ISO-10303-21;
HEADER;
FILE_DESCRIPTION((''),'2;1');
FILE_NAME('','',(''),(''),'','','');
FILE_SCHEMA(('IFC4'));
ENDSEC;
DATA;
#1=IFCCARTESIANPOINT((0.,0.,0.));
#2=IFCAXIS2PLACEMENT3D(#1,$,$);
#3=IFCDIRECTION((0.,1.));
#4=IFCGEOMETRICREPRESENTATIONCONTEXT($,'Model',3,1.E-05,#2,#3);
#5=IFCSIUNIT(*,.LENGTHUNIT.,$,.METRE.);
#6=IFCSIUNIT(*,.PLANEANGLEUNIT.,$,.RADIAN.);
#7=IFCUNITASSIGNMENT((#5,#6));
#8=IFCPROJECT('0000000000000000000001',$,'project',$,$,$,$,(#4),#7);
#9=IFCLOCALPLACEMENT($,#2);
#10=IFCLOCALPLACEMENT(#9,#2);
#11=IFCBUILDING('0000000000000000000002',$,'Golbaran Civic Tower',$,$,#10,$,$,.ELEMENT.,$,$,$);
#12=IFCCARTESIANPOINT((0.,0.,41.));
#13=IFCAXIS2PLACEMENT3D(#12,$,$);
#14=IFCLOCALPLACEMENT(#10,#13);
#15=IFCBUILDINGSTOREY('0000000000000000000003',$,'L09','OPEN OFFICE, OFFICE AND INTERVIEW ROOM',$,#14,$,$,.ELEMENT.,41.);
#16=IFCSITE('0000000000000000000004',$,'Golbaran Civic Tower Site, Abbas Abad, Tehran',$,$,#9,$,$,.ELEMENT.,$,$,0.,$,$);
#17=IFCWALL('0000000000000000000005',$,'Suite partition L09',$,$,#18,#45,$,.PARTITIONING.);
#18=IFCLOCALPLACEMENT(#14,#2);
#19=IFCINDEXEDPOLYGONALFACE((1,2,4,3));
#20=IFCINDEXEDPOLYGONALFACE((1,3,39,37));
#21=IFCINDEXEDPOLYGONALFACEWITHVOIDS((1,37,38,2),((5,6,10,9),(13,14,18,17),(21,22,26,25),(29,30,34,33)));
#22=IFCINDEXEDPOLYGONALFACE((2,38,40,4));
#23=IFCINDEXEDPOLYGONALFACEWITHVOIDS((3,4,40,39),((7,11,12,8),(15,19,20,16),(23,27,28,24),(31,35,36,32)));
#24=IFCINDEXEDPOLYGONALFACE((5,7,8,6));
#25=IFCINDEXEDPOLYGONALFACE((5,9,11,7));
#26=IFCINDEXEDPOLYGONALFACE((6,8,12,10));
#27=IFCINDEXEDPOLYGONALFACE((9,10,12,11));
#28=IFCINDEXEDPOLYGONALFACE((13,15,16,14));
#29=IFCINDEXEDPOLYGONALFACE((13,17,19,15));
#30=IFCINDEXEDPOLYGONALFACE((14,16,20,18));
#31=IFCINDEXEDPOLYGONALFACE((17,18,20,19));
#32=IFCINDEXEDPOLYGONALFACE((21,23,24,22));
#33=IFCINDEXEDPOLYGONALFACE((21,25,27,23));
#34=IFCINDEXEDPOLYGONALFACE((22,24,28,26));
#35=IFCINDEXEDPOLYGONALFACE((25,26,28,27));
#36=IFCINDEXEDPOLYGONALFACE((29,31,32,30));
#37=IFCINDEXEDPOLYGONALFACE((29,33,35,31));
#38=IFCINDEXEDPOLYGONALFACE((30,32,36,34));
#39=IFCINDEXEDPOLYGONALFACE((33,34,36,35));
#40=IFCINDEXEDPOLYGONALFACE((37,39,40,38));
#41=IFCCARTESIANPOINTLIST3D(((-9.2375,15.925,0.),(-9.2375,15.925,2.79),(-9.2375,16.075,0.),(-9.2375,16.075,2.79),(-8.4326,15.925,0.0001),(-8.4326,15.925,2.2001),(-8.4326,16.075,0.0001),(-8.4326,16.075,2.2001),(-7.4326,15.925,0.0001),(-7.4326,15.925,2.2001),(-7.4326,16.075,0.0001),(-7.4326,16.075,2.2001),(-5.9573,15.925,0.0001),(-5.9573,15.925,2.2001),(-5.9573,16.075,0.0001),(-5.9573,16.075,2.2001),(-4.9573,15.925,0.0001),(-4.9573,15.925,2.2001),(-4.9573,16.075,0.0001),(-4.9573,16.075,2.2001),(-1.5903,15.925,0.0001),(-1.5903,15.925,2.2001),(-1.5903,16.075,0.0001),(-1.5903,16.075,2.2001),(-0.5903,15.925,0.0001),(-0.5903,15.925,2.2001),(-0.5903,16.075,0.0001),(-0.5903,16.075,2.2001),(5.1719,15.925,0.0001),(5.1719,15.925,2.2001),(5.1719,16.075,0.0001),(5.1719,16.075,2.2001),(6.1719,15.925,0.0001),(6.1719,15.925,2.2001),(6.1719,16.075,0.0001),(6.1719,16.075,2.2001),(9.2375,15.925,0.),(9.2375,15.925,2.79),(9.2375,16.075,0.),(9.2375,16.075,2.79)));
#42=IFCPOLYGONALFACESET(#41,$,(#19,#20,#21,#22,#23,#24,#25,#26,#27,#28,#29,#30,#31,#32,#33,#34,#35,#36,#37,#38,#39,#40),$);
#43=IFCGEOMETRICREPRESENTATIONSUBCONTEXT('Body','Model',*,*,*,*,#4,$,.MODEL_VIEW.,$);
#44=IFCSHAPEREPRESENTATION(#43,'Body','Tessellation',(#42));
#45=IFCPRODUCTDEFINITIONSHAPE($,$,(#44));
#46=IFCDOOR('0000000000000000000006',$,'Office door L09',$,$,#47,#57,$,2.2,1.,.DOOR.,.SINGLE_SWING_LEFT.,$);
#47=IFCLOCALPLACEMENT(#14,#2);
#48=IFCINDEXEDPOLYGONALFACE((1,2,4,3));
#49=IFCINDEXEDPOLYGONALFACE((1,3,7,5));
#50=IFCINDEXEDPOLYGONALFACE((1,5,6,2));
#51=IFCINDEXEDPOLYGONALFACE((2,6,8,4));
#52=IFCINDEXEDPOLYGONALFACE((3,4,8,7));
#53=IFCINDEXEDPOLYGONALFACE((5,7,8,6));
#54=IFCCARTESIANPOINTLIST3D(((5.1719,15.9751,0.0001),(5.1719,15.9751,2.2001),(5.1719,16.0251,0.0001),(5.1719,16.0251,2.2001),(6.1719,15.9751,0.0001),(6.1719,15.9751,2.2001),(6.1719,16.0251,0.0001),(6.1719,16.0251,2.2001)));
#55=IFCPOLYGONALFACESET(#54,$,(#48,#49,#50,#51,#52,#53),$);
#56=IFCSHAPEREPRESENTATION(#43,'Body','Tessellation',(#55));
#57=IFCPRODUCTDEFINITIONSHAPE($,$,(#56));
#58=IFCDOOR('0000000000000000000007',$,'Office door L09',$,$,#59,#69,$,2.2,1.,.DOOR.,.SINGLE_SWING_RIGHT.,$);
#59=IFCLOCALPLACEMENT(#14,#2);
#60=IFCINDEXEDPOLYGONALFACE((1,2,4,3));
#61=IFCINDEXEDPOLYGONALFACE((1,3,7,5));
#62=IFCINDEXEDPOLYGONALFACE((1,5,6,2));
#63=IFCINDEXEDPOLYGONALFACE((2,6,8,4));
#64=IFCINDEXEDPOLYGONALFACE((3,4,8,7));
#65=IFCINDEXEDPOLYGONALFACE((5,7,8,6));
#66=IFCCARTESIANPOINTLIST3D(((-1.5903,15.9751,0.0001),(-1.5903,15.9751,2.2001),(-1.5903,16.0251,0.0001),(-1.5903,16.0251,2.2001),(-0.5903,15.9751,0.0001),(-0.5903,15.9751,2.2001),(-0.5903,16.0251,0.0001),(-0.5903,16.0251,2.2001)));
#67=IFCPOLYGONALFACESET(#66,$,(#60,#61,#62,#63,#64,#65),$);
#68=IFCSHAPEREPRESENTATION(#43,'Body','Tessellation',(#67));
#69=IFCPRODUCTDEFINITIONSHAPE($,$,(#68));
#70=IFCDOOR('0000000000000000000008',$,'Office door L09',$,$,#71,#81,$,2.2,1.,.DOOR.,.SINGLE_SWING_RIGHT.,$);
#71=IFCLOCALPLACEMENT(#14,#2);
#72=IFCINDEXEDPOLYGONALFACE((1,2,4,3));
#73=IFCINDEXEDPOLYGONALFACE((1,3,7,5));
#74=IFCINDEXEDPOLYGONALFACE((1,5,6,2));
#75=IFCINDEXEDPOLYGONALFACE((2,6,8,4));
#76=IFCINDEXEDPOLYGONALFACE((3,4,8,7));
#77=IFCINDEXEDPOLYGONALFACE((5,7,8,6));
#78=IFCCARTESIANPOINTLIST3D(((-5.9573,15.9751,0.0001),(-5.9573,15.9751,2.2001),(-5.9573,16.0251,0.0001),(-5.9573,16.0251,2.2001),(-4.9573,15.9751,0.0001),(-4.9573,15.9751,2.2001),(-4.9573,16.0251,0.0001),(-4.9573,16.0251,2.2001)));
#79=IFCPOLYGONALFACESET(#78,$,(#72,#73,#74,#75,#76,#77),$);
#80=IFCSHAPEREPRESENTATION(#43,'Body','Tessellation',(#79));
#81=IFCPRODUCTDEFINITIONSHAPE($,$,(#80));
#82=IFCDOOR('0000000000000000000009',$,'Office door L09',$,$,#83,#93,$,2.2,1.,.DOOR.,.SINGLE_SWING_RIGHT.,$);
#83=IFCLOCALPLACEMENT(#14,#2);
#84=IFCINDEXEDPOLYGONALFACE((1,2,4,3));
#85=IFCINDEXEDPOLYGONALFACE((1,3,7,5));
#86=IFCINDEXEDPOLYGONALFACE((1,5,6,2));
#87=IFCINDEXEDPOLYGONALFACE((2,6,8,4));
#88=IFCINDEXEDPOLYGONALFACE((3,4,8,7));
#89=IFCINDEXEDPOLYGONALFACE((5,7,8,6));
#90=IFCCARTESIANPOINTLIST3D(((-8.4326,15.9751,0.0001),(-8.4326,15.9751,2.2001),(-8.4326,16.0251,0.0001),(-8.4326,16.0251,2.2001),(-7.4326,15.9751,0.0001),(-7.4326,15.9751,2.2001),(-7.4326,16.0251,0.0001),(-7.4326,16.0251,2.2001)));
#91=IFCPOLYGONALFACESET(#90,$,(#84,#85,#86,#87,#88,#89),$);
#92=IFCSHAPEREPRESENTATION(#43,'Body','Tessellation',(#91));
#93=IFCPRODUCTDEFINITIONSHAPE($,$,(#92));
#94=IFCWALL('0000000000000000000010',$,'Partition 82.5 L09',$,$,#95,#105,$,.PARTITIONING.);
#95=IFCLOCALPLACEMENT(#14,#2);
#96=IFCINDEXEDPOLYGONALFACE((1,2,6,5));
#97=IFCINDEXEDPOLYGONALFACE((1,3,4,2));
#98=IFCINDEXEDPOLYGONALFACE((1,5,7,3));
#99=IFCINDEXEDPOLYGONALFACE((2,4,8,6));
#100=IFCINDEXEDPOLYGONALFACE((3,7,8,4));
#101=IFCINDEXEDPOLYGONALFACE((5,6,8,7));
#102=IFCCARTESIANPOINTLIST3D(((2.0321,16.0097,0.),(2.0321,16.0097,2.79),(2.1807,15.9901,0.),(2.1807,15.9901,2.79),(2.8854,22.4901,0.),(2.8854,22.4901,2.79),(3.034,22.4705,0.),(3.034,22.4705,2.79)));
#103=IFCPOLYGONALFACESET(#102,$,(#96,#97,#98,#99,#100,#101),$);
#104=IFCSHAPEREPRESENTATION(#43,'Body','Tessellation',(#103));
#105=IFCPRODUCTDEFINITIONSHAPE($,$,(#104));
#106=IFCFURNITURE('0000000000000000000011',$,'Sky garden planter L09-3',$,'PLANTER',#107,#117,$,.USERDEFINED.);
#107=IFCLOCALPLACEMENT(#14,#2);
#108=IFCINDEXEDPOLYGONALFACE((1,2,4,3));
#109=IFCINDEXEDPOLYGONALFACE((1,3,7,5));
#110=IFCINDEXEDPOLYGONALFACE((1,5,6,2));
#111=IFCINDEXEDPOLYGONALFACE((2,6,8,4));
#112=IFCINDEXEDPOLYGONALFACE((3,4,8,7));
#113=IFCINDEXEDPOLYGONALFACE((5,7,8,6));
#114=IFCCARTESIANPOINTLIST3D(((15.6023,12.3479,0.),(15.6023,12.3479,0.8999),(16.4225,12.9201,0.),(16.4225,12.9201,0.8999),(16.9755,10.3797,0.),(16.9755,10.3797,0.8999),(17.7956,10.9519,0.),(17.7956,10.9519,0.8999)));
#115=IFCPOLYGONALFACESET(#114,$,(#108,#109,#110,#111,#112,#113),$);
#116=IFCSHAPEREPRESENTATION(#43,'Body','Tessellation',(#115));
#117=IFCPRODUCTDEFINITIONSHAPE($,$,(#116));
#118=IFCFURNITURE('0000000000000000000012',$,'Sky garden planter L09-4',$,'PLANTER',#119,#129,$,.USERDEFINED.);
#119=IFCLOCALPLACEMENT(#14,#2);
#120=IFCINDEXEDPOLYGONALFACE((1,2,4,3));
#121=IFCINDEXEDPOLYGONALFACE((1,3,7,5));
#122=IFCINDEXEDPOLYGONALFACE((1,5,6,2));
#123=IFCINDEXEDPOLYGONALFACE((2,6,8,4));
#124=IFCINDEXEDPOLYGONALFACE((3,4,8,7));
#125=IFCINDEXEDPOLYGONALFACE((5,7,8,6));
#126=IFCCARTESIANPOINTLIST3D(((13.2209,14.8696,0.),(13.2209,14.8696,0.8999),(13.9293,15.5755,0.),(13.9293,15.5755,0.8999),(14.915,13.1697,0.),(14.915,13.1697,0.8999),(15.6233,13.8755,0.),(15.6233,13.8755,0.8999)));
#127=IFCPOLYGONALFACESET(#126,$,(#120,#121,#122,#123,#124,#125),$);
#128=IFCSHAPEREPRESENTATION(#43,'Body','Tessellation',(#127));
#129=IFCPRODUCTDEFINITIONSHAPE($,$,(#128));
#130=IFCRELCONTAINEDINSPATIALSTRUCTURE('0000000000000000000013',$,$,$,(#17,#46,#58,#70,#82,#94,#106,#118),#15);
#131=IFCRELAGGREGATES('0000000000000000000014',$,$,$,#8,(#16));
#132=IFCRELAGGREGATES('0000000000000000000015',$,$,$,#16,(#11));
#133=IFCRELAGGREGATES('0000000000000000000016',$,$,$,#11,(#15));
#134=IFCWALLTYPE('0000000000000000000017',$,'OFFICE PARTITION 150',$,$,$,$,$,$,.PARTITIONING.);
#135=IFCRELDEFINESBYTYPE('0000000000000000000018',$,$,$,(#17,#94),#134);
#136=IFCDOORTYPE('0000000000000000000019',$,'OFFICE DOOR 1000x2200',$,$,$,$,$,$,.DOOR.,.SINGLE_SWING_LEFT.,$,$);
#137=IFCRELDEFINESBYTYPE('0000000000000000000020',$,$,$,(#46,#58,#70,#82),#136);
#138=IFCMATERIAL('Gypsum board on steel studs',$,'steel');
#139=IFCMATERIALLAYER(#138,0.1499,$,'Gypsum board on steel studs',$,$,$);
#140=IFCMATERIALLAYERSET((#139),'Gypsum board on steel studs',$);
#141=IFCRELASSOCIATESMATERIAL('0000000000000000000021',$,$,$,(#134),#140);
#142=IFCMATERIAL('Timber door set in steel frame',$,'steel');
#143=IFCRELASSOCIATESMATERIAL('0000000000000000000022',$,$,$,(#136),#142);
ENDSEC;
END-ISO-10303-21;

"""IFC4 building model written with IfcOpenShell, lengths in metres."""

from ifc_helpers import new_model, si_unit, direction, frame, frame_2d, origin, origin_2d, place, context, subcontext, project, spatial, rectangle, extrude, material, layer, layer_set, type_object, element, fill, save


model = new_model("IFC4")

# Units and contexts
model_context = context("Model", 3, precision=1e-05, world=origin(), true_north=direction((0.0, 1.0)))
body_context = subcontext(model_context, "Body", "Model", "MODEL_VIEW")
ifc_project = project(units=[si_unit("LENGTHUNIT", "METRE"), si_unit("PLANEANGLEUNIT", "RADIAN")], contexts=[model_context])

# Site, building, storey
site_placement = place(None, origin())
site = spatial("IfcSite", under=ifc_project, at=site_placement, Name="Golbaran Civic Tower Site, Abbas Abad, Tehran", CompositionType="ELEMENT", RefElevation=0.0)
building_placement = place(site_placement, origin())
building = spatial("IfcBuilding", under=site, at=building_placement, Name="Golbaran Civic Tower", CompositionType="ELEMENT")
storey_placement = place(building_placement, frame((0.0, 0.0, 41.0)))
storey = spatial("IfcBuildingStorey", under=building, at=storey_placement, Name="L09", Description="OPEN OFFICE, OFFICE AND INTERVIEW ROOM", CompositionType="ELEMENT", Elevation=41.0)

# Shared definitions
ifc_material_1 = material(Name="Timber door set in steel frame", Category="steel")

# Shared definitions
ifc_material_2 = material(Name="Gypsum board on steel studs", Category="steel")
ifc_layer_1 = layer(ifc_material_2, 0.1499, Name="Gypsum board on steel studs")
ifc_layer_set_1 = layer_set([ifc_layer_1], Name="Gypsum board on steel studs")
wall_type_1 = type_object("IfcWallType", Name="OFFICE PARTITION 150", PredefinedType="PARTITIONING", material=ifc_layer_set_1)

# Wall, openings, doors
wall_1_placement = place(storey_placement, frame((9.2375, 16.0, 0.0), z_axis=(0.0, 0.0, 1.0), x_axis=(-1.0, 0.0, 0.0)))
wall_1 = element("IfcWall", 1, at=wall_1_placement, inside=storey, type_object=wall_type_1, Name="Suite partition L09", PredefinedType="PARTITIONING", context=body_context, shape_type="SweptSolid", body=[
    extrude(rectangle(XDim=18.4751, YDim=0.1499, at=frame_2d((9.2375, 0.0))), origin(), (0.0, 0.0, 1.0), 2.79),
])
opening_1_placement = place(wall_1_placement, frame((3.0657, 0.0, 0.0)))
opening_1 = element("IfcOpeningElement", 2, at=opening_1_placement, cuts=wall_1, PredefinedType="OPENING", context=body_context, shape_type="SweptSolid", body=[
    extrude(rectangle(XDim=1.0, YDim=2.2, at=frame_2d((0.5, 1.1001))), frame((0.0, 0.085, 0.0), z_axis=(0.0, -1.0, 0.0), x_axis=(1.0, 0.0, 0.0)), (0.0, 0.0, 1.0), 0.1699),
])
opening_2_placement = place(wall_1_placement, frame((9.8279, 0.0, 0.0)))
opening_2 = element("IfcOpeningElement", 3, at=opening_2_placement, cuts=wall_1, PredefinedType="OPENING", context=body_context, shape_type="SweptSolid", body=[
    extrude(rectangle(XDim=1.0, YDim=2.2, at=frame_2d((0.5, 1.1001))), frame((0.0, 0.085, 0.0), z_axis=(0.0, -1.0, 0.0), x_axis=(1.0, 0.0, 0.0)), (0.0, 0.0, 1.0), 0.1699),
])
opening_3_placement = place(wall_1_placement, frame((14.1948, 0.0, 0.0)))
opening_3 = element("IfcOpeningElement", 4, at=opening_3_placement, cuts=wall_1, PredefinedType="OPENING", context=body_context, shape_type="SweptSolid", body=[
    extrude(rectangle(XDim=1.0, YDim=2.2, at=frame_2d((0.5, 1.1001))), frame((0.0, 0.085, 0.0), z_axis=(0.0, -1.0, 0.0), x_axis=(1.0, 0.0, 0.0)), (0.0, 0.0, 1.0), 0.1699),
])
opening_4_placement = place(wall_1_placement, frame((16.6702, 0.0, 0.0)))
opening_4 = element("IfcOpeningElement", 5, at=opening_4_placement, cuts=wall_1, PredefinedType="OPENING", context=body_context, shape_type="SweptSolid", body=[
    extrude(rectangle(XDim=1.0, YDim=2.2, at=frame_2d((0.5, 1.1001))), frame((0.0, 0.085, 0.0), z_axis=(0.0, -1.0, 0.0), x_axis=(1.0, 0.0, 0.0)), (0.0, 0.0, 1.0), 0.1699),
])
door_type_1 = type_object("IfcDoorType", Name="OFFICE DOOR 1000x2200", OperationType="SINGLE_SWING_LEFT", PredefinedType="DOOR", material=ifc_material_1)
door_1_placement = place(opening_1_placement, origin())
door_1 = element("IfcDoor", 6, at=door_1_placement, inside=storey, type_object=door_type_1, Name="Office door L09", OperationType="SINGLE_SWING_LEFT", OverallHeight=2.2, OverallWidth=1.0, PredefinedType="DOOR", context=body_context, shape_type="SweptSolid", body=[
    extrude(rectangle(XDim=1.0, YDim=2.2, at=frame_2d((0.5, 1.1001))), frame((0.0, 0.0249, 0.0), z_axis=(0.0, -1.0, 0.0), x_axis=(1.0, 0.0, 0.0)), (0.0, 0.0, 1.0), 0.05),
])
fill(opening_1, door_1)
door_2_placement = place(opening_2_placement, origin())
door_2 = element("IfcDoor", 7, at=door_2_placement, inside=storey, type_object=door_type_1, Name="Office door L09", OperationType="SINGLE_SWING_RIGHT", OverallHeight=2.2, OverallWidth=1.0, PredefinedType="DOOR", context=body_context, shape_type="SweptSolid", body=[
    extrude(rectangle(XDim=1.0, YDim=2.2, at=frame_2d((0.5, 1.1001))), frame((0.0, 0.0249, 0.0), z_axis=(0.0, -1.0, 0.0), x_axis=(1.0, 0.0, 0.0)), (0.0, 0.0, 1.0), 0.05),
])
fill(opening_2, door_2)
door_3_placement = place(opening_3_placement, origin())
door_3 = element("IfcDoor", 8, at=door_3_placement, inside=storey, type_object=door_type_1, Name="Office door L09", OperationType="SINGLE_SWING_RIGHT", OverallHeight=2.2, OverallWidth=1.0, PredefinedType="DOOR", context=body_context, shape_type="SweptSolid", body=[
    extrude(rectangle(XDim=1.0, YDim=2.2, at=frame_2d((0.5, 1.1001))), frame((0.0, 0.0249, 0.0), z_axis=(0.0, -1.0, 0.0), x_axis=(1.0, 0.0, 0.0)), (0.0, 0.0, 1.0), 0.05),
])
fill(opening_3, door_3)
door_4_placement = place(opening_4_placement, origin())
door_4 = element("IfcDoor", 9, at=door_4_placement, inside=storey, type_object=door_type_1, Name="Office door L09", OperationType="SINGLE_SWING_RIGHT", OverallHeight=2.2, OverallWidth=1.0, PredefinedType="DOOR", context=body_context, shape_type="SweptSolid", body=[
    extrude(rectangle(XDim=1.0, YDim=2.2, at=frame_2d((0.5, 1.1001))), frame((0.0, 0.0249, 0.0), z_axis=(0.0, -1.0, 0.0), x_axis=(1.0, 0.0, 0.0)), (0.0, 0.0, 1.0), 0.05),
])
fill(opening_4, door_4)

# Wall
wall_2_placement = place(storey_placement, frame((2.1064, 16.0, 0.0), z_axis=(0.0, 0.0, 1.0), x_axis=(0.130541, 0.991443, 0.0)))
element("IfcWall", 10, at=wall_2_placement, inside=storey, type_object=wall_type_1, Name="Partition 82.5 L09", PredefinedType="PARTITIONING", context=body_context, shape_type="SweptSolid", body=[
    extrude(rectangle(XDim=6.5364, YDim=0.1499, at=frame_2d((3.2681, 0.0))), origin(), (0.0, 0.0, 1.0), 2.79),
])

# Furniture
for number, where, z_axis, x_axis, name in (
    (11, (16.699, 11.6499, 0.0), (0.0, 0.0, 1.0), (-0.572164, 0.820139, 0.0), "Sky garden planter L09-3"),
    (12, (14.4221, 14.3726, 0.0), (0.0, 0.0, 1.0), (-0.705887, 0.708324, 0.0), "Sky garden planter L09-4"),
):
    element("IfcFurniture", number, at=place(storey_placement, frame(where, z_axis=z_axis, x_axis=x_axis)), inside=storey, Name=name, ObjectType="PLANTER", PredefinedType="USERDEFINED", context=body_context, shape_type="SweptSolid", body=[
        extrude(rectangle(XDim=2.3999, YDim=1.0, at=origin_2d()), origin(), (0.0, 0.0, 1.0), 0.8999),
    ])

save(model, "model.ifc")
